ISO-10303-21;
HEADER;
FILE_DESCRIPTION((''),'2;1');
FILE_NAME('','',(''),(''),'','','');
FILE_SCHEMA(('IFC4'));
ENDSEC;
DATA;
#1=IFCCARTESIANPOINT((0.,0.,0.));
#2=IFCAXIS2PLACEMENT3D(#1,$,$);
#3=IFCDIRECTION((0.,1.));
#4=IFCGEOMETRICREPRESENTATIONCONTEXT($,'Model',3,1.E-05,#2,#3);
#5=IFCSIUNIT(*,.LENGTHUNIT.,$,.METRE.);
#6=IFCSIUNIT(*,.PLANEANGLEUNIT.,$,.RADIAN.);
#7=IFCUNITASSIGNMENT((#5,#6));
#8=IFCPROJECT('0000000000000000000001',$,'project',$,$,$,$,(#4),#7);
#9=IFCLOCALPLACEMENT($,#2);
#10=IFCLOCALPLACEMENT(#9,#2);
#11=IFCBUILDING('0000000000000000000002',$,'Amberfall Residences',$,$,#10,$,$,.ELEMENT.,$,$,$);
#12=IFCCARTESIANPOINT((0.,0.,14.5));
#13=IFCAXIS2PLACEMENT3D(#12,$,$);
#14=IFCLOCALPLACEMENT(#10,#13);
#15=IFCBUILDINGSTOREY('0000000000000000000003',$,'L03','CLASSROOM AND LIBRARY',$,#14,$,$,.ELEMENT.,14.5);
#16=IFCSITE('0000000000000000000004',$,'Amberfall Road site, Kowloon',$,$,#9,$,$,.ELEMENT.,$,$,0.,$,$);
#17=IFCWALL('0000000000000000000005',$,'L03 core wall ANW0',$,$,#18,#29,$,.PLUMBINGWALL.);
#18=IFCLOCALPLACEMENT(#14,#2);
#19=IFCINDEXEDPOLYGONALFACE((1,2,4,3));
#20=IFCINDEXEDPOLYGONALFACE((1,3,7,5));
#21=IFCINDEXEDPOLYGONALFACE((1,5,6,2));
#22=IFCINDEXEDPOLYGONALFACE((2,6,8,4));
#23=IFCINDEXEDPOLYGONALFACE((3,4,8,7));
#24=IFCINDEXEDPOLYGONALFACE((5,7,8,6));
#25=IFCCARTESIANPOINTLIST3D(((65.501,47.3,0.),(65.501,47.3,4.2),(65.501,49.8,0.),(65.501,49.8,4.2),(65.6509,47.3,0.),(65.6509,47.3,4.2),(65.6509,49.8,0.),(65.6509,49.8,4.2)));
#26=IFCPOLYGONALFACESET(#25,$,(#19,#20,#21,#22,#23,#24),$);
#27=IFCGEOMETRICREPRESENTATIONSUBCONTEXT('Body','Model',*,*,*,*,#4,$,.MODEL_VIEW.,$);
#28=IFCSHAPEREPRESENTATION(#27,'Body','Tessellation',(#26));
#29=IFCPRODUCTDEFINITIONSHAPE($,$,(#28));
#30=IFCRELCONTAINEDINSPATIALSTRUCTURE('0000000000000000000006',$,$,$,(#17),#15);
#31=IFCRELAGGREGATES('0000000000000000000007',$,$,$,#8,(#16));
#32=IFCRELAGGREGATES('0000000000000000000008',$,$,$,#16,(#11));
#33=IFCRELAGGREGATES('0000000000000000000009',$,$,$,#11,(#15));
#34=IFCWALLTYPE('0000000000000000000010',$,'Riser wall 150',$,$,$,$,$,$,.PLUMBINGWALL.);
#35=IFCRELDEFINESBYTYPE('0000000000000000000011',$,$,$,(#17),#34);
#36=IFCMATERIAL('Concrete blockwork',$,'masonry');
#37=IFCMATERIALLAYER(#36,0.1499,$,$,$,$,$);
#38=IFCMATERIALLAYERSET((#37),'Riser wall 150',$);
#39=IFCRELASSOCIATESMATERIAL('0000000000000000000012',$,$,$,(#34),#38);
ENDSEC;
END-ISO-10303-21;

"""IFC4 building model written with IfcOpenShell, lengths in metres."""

from ifc_helpers import new_model, si_unit, direction, frame, frame_2d, origin, place, context, subcontext, project, spatial, rectangle, extrude, material, layer, layer_set, type_object, element, save


model = new_model("IFC4")

# Units and contexts
model_context = context("Model", 3, precision=1e-05, world=origin(), true_north=direction((0.0, 1.0)))
body_context = subcontext(model_context, "Body", "Model", "MODEL_VIEW")
ifc_project = project(units=[si_unit("LENGTHUNIT", "METRE"), si_unit("PLANEANGLEUNIT", "RADIAN")], contexts=[model_context])

# Site, building, storey
site_placement = place(None, origin())
site = spatial("IfcSite", under=ifc_project, at=site_placement, Name="Amberfall Road site, Kowloon", CompositionType="ELEMENT", RefElevation=0.0)
building_placement = place(site_placement, origin())
building = spatial("IfcBuilding", under=site, at=building_placement, Name="Amberfall Residences", CompositionType="ELEMENT")
storey_placement = place(building_placement, frame((0.0, 0.0, 14.5)))
storey = spatial("IfcBuildingStorey", under=building, at=storey_placement, Name="L03", Description="CLASSROOM AND LIBRARY", CompositionType="ELEMENT", Elevation=14.5)

# Wall
ifc_material_1 = material(Name="Concrete blockwork", Category="masonry")
ifc_layer_1 = layer(ifc_material_1, 0.1499)
ifc_layer_set_1 = layer_set([ifc_layer_1], Name="Riser wall 150")
wall_type_1 = type_object("IfcWallType", Name="Riser wall 150", PredefinedType="PLUMBINGWALL", material=ifc_layer_set_1)
wall_1_placement = place(storey_placement, frame((65.5759, 47.3, 0.0), z_axis=(0.0, 0.0, 1.0), x_axis=(0.0, 1.0, 0.0)))
element("IfcWall", 1, at=wall_1_placement, inside=storey, type_object=wall_type_1, Name="L03 core wall ANW0", PredefinedType="PLUMBINGWALL", context=body_context, shape_type="SweptSolid", body=[
    extrude(rectangle(XDim=2.5, YDim=0.1499, at=frame_2d((1.25, 0.0))), origin(), (0.0, 0.0, 1.0), 4.2),
])

save(model, "model.ifc")
